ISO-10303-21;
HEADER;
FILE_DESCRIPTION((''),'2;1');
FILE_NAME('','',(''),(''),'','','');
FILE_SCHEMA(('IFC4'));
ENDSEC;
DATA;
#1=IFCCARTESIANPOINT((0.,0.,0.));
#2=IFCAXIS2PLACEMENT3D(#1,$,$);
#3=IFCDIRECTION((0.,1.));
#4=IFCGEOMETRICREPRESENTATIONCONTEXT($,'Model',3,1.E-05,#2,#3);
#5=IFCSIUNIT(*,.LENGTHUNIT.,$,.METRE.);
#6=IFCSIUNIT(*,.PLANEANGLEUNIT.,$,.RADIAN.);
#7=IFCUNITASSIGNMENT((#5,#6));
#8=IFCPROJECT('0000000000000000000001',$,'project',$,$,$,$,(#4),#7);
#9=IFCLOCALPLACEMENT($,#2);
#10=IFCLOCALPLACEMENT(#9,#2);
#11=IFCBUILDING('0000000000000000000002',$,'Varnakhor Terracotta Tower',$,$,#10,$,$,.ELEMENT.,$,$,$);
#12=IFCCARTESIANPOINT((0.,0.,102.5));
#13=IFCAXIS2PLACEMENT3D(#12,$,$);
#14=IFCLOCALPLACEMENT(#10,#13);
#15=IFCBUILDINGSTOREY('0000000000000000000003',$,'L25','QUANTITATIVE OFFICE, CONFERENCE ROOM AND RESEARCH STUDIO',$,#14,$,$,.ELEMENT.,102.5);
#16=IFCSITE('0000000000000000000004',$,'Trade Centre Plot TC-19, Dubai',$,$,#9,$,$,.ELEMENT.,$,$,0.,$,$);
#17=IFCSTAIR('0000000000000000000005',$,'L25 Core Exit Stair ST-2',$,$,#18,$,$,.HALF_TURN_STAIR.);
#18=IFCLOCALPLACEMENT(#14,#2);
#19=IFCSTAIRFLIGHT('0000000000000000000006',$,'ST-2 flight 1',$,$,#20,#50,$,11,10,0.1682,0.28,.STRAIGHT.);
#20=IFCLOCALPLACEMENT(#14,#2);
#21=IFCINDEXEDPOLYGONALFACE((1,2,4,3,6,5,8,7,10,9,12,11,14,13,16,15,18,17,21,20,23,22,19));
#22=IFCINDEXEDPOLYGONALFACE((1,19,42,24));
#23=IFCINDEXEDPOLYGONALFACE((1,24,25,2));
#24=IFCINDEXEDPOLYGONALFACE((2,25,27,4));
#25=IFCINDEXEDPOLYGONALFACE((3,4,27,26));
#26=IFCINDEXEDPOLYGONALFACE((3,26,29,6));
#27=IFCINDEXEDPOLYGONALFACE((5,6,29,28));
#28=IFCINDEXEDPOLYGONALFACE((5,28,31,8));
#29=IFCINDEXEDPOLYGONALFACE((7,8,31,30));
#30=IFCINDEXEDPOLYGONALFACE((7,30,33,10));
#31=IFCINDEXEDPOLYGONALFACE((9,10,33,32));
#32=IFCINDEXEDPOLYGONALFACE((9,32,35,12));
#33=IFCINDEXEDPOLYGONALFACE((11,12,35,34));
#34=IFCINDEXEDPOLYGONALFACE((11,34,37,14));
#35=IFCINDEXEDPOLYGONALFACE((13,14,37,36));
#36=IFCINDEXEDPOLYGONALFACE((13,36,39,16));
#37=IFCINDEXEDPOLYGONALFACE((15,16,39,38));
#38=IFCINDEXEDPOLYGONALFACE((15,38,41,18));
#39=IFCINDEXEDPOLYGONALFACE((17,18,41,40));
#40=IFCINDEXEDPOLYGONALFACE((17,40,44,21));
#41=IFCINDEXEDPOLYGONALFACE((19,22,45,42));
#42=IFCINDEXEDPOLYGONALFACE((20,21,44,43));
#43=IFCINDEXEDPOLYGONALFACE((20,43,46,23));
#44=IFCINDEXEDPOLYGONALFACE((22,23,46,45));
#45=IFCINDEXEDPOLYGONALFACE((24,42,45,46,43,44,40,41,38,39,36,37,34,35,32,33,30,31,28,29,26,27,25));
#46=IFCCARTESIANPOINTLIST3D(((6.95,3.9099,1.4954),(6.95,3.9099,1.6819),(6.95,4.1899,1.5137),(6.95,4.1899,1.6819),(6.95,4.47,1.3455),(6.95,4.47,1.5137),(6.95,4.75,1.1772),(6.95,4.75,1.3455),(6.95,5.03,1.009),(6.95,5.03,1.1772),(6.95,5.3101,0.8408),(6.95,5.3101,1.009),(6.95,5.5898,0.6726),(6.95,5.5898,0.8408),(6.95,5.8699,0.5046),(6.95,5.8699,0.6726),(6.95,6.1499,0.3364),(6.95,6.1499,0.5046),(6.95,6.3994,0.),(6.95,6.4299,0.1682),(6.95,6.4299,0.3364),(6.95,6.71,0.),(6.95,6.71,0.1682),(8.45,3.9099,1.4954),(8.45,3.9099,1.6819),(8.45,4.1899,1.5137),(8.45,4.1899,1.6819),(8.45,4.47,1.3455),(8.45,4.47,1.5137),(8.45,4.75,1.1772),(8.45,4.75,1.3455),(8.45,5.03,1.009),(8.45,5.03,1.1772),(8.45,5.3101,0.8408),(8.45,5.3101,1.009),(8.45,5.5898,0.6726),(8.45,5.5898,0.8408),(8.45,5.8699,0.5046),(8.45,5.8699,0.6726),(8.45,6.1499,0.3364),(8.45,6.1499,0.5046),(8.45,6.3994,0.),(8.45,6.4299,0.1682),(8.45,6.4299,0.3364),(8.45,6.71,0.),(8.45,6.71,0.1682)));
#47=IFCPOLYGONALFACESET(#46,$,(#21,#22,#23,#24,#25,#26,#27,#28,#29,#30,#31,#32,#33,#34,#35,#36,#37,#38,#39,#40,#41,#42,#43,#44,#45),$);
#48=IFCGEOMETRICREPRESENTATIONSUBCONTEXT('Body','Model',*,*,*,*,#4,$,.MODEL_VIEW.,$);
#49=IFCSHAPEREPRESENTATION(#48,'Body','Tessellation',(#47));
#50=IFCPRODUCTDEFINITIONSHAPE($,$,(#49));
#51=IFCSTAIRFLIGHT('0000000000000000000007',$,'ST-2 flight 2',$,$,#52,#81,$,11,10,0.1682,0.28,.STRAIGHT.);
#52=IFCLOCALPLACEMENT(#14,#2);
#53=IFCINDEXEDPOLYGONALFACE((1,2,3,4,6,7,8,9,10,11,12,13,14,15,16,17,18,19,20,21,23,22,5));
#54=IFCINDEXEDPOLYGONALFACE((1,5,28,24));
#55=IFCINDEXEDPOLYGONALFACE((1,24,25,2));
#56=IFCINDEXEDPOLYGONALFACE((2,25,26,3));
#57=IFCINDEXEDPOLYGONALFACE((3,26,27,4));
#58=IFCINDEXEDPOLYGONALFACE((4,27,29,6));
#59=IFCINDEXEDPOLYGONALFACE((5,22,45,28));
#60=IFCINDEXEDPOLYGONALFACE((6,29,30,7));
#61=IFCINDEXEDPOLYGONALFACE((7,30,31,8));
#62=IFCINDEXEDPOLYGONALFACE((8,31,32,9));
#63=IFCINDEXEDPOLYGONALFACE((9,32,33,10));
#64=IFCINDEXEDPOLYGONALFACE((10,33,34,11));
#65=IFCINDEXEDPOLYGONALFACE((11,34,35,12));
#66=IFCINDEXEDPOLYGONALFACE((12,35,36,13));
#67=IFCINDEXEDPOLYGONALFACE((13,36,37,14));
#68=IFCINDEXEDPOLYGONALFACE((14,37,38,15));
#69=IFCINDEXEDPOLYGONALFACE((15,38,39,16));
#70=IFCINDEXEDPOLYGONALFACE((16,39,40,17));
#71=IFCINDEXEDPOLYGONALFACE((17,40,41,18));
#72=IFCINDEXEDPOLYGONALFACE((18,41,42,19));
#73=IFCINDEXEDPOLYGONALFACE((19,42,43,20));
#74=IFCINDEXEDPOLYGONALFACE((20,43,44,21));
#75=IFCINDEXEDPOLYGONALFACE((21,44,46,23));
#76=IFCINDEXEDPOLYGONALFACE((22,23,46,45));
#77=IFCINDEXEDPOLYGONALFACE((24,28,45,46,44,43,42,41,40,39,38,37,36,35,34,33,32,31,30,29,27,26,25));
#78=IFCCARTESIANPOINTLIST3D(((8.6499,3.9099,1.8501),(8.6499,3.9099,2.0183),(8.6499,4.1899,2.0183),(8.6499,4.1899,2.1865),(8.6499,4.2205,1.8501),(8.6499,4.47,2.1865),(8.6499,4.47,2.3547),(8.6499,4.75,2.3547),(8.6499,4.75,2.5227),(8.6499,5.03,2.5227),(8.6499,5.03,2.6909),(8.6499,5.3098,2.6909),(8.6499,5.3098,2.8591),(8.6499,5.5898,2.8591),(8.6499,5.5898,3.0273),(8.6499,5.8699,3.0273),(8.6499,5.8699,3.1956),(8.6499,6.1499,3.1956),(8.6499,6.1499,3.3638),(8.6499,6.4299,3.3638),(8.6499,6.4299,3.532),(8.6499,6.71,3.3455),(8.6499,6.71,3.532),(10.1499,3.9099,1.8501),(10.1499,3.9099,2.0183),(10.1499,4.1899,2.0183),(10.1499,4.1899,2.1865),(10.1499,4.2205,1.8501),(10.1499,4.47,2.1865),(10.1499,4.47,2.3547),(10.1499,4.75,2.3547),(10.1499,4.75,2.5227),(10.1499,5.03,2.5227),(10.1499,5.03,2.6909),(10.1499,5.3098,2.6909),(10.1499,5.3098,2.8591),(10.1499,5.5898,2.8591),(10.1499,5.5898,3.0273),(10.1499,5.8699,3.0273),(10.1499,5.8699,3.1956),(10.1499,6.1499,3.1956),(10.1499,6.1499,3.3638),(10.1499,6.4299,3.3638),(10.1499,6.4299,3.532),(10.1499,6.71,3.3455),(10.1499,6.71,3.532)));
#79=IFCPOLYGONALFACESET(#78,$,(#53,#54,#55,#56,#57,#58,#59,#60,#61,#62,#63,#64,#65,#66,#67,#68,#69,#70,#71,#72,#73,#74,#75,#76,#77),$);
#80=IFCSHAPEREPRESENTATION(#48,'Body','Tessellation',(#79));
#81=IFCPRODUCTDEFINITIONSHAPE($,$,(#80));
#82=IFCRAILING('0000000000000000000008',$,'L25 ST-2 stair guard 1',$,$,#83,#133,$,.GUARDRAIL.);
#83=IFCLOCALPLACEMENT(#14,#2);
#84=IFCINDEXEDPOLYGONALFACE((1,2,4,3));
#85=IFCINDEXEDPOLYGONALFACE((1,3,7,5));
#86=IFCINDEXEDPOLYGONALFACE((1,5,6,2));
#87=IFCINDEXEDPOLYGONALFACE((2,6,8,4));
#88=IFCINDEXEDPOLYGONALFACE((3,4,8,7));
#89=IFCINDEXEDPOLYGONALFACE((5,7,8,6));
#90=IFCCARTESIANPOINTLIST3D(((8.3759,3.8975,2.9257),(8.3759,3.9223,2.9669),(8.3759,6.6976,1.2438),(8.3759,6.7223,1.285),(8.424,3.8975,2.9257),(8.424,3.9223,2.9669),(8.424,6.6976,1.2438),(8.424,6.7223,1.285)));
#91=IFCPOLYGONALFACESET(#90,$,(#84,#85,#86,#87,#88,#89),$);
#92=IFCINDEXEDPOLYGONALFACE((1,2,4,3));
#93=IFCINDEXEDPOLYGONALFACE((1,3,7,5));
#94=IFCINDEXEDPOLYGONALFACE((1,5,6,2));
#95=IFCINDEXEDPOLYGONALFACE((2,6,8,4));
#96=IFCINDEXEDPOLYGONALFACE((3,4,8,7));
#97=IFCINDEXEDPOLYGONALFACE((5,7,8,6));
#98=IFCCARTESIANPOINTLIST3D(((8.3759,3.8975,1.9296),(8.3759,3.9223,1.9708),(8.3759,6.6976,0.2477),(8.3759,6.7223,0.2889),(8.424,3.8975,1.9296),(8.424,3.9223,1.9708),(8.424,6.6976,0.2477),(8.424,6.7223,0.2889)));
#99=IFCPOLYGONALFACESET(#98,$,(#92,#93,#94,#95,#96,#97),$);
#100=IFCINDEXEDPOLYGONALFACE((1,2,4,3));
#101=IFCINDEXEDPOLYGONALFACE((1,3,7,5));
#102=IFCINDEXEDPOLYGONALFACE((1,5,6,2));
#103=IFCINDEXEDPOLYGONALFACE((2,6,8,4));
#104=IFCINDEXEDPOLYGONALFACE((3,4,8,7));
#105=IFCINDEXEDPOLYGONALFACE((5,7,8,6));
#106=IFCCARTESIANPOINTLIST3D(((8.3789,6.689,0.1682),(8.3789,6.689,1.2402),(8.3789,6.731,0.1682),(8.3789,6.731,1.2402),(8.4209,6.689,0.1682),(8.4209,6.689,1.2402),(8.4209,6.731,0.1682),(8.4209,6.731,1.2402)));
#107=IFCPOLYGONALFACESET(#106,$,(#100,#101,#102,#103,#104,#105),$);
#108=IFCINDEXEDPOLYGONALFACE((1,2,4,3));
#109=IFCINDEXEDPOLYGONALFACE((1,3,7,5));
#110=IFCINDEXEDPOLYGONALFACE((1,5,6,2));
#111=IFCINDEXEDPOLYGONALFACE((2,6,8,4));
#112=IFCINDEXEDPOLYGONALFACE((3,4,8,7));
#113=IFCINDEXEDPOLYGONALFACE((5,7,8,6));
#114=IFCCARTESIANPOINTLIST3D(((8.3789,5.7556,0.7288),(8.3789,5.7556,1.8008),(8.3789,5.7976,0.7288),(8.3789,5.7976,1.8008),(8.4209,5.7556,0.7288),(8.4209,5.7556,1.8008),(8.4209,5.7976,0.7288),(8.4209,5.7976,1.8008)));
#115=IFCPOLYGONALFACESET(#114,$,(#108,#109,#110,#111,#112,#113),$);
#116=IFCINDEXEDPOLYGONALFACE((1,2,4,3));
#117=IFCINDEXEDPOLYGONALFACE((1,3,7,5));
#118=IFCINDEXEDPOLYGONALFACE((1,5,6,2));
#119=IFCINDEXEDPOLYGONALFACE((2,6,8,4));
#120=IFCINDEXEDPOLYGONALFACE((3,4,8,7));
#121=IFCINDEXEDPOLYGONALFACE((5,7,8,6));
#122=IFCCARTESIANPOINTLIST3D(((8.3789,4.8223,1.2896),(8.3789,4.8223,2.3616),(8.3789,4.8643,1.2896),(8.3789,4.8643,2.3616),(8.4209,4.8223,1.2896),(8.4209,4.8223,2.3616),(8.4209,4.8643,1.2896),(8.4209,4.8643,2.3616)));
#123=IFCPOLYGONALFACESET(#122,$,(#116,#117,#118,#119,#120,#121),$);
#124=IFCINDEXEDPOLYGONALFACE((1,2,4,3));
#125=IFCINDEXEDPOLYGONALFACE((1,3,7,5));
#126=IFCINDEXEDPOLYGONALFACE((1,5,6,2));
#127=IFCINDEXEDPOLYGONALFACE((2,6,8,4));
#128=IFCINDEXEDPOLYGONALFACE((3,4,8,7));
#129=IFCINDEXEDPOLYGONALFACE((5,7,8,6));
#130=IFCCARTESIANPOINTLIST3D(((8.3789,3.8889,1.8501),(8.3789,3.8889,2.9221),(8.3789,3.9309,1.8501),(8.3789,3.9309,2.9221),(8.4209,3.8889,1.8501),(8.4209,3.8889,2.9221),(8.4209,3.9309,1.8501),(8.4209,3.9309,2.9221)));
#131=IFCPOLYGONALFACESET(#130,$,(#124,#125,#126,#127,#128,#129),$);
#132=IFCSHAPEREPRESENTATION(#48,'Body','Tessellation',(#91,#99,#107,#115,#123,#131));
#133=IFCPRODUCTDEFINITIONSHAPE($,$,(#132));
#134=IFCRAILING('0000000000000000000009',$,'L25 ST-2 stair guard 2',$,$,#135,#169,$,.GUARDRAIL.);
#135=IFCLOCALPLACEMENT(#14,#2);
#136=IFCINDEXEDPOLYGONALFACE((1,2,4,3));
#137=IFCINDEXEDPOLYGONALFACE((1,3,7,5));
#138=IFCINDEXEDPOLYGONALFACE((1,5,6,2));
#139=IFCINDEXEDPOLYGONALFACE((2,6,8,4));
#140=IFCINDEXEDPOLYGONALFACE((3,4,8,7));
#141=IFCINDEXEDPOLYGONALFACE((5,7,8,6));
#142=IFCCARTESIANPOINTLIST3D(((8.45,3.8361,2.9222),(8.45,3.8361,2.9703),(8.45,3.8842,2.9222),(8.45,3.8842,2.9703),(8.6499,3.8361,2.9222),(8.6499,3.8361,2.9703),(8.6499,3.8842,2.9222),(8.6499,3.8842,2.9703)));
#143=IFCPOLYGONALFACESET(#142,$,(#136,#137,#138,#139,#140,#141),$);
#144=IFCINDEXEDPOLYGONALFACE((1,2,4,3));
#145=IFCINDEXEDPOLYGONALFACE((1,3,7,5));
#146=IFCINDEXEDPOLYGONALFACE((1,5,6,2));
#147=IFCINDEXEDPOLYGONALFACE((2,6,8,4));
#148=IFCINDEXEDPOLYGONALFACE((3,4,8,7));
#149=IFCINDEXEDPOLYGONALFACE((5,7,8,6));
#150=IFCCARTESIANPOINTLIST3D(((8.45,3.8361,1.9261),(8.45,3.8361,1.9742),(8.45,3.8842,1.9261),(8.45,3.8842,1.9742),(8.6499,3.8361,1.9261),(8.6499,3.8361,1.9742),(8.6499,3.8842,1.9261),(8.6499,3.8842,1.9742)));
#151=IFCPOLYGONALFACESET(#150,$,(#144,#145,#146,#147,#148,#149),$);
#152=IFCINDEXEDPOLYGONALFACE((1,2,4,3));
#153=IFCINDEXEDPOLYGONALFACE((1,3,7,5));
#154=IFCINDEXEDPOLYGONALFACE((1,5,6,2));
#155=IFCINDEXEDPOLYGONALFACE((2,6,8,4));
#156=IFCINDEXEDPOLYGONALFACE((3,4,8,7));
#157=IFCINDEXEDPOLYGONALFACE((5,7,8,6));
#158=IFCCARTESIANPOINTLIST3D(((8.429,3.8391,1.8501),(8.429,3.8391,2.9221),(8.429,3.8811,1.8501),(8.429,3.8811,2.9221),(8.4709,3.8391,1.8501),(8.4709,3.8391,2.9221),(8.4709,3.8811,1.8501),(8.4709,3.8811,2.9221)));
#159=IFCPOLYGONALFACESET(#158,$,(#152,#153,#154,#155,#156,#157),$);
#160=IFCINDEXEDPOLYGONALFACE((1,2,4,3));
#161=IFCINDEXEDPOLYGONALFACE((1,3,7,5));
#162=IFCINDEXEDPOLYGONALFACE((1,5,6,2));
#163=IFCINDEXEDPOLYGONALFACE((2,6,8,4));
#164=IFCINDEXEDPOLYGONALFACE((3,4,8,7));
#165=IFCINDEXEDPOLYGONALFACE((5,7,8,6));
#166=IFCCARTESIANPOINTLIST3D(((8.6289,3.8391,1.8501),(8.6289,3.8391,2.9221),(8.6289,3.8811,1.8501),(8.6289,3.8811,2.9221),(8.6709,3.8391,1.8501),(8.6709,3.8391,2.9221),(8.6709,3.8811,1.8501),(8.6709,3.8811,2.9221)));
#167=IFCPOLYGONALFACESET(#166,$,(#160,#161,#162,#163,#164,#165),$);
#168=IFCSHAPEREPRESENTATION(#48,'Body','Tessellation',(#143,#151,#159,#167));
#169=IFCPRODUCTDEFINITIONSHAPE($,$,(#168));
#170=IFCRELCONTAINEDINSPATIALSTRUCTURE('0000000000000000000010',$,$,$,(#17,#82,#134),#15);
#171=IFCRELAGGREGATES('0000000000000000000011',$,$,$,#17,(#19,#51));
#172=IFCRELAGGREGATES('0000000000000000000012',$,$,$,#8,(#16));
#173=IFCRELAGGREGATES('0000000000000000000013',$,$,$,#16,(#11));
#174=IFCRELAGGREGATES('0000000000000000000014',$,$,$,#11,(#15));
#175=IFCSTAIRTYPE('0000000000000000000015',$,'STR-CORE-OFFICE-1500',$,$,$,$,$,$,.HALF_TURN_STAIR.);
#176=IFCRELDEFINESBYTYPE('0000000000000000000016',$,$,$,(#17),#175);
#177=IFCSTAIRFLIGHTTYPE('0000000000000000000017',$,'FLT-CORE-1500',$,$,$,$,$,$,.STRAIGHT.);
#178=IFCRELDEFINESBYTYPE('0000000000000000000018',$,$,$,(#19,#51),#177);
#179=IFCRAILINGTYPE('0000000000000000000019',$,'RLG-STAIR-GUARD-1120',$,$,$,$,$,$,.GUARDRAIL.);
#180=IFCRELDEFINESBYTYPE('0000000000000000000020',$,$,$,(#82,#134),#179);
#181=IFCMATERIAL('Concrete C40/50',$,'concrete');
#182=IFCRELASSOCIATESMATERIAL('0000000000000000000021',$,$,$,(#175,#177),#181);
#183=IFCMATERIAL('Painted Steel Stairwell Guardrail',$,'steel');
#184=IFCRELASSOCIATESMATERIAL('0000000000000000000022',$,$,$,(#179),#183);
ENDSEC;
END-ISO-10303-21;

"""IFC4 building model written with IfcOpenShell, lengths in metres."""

from ifc_helpers import new_model, si_unit, direction, frame, origin, origin_2d, place, context, subcontext, project, spatial, polyline, rectangle, outline, extrude, material, type_object, element, aggregate, save


model = new_model("IFC4")

# Units and contexts
model_context = context("Model", 3, precision=1e-05, world=origin(), true_north=direction((0.0, 1.0)))
body_context = subcontext(model_context, "Body", "Model", "MODEL_VIEW")
ifc_project = project(units=[si_unit("LENGTHUNIT", "METRE"), si_unit("PLANEANGLEUNIT", "RADIAN")], contexts=[model_context])

# Site, building, storey
site_placement = place(None, origin())
site = spatial("IfcSite", under=ifc_project, at=site_placement, Name="Trade Centre Plot TC-19, Dubai", CompositionType="ELEMENT", RefElevation=0.0)
building_placement = place(site_placement, origin())
building = spatial("IfcBuilding", under=site, at=building_placement, Name="Varnakhor Terracotta Tower", CompositionType="ELEMENT")
storey_placement = place(building_placement, frame((0.0, 0.0, 102.5)))
storey = spatial("IfcBuildingStorey", under=building, at=storey_placement, Name="L25", Description="QUANTITATIVE OFFICE, CONFERENCE ROOM AND RESEARCH STUDIO", CompositionType="ELEMENT", Elevation=102.5)

# Shared definitions
ifc_material_1 = material(Name="Concrete C40/50", Category="concrete")

# Stair, stair flights
stair_type = type_object("IfcStairType", Name="STR-CORE-OFFICE-1500", PredefinedType="HALF_TURN_STAIR", material=ifc_material_1)
stair_placement = place(storey_placement, origin())
stair = element("IfcStair", 1, at=stair_placement, inside=storey, type_object=stair_type, Name="L25 Core Exit Stair ST-2", PredefinedType="HALF_TURN_STAIR")
stair_flight_type = type_object("IfcStairFlightType", Name="FLT-CORE-1500", PredefinedType="STRAIGHT", material=ifc_material_1)
stair_flight_1_placement = place(storey_placement, frame((7.7, 6.71, 0.0), z_axis=(0.0, 0.0, 1.0), x_axis=(0.0, -1.0, 0.0)))
stair_flight_1 = element("IfcStairFlight", 2, at=stair_flight_1_placement, type_object=stair_flight_type, Name="ST-2 flight 1", NumberOfRisers=11, NumberOfTreads=10, PredefinedType="STRAIGHT", RiserHeight=0.1682, TreadLength=0.28, context=body_context, shape_type="SweptSolid", body=[
    extrude(outline(polyline([(0.0, 0.0), (0.0, 0.1682), (0.28, 0.1682), (0.28, 0.3364), (0.5601, 0.3364), (0.5601, 0.5046), (0.8401, 0.5046), (0.8401, 0.6726), (1.1201, 0.6726), (1.1201, 0.8408), (1.3999, 0.8408), (1.3999, 1.009), (1.6799, 1.009), (1.6799, 1.1772), (1.96, 1.1772), (1.96, 1.3455), (2.24, 1.3455), (2.24, 1.5137), (2.52, 1.5137), (2.52, 1.6819), (2.8, 1.6819), (2.8, 1.8501), (2.8, 1.4954), (0.3105, 0.0), (0.0, 0.0)])), frame((0.0, 0.75, 0.0), z_axis=(0.0, -1.0, 0.0), x_axis=(1.0, 0.0, 0.0)), (0.0, 0.0, 1.0), 1.5),
])
stair_flight_2_placement = place(storey_placement, frame((9.3999, 3.9099, 1.8501), z_axis=(0.0, 0.0, 1.0), x_axis=(0.0, 1.0, 0.0)))
stair_flight_2 = element("IfcStairFlight", 3, at=stair_flight_2_placement, type_object=stair_flight_type, Name="ST-2 flight 2", NumberOfRisers=11, NumberOfTreads=10, PredefinedType="STRAIGHT", RiserHeight=0.1682, TreadLength=0.28, context=body_context, shape_type="SweptSolid", body=[
    extrude(outline(polyline([(0.0, 0.0), (0.0, 0.1682), (0.28, 0.1682), (0.28, 0.3364), (0.5601, 0.3364), (0.5601, 0.5046), (0.8401, 0.5046), (0.8401, 0.6726), (1.1201, 0.6726), (1.1201, 0.8408), (1.3999, 0.8408), (1.3999, 1.009), (1.6799, 1.009), (1.6799, 1.1772), (1.96, 1.1772), (1.96, 1.3455), (2.24, 1.3455), (2.24, 1.5137), (2.52, 1.5137), (2.52, 1.6819), (2.8, 1.6819), (2.8, 1.8501), (2.8, 1.4954), (0.3105, 0.0), (0.0, 0.0)])), frame((0.0, 0.75, 0.0), z_axis=(0.0, -1.0, 0.0), x_axis=(1.0, 0.0, 0.0)), (0.0, 0.0, 1.0), 1.5),
])
aggregate(stair, [stair_flight_1, stair_flight_2])

# Railings
ifc_material_2 = material(Name="Painted Steel Stairwell Guardrail", Category="steel")
railing_type_1 = type_object("IfcRailingType", Name="RLG-STAIR-GUARD-1120", PredefinedType="GUARDRAIL", material=ifc_material_2)
railing_1_placement = place(storey_placement, frame((8.3999, 6.71, 0.1682)))
element("IfcRailing", 4, at=railing_1_placement, inside=storey, type_object=railing_type_1, Name="L25 ST-2 stair guard 1", PredefinedType="GUARDRAIL", context=body_context, shape_type="SweptSolid", body=[
    extrude(rectangle(XDim=0.0481, YDim=0.0481, at=origin_2d()), frame((0.0, 0.0, 1.0962), z_axis=(0.0, -0.857242, 0.514913), x_axis=(1.0, 0.0, 0.0)), (0.0, 0.0, 1.0), 3.2664),
    extrude(rectangle(XDim=0.0481, YDim=0.0481, at=origin_2d()), frame((0.0, 0.0, 0.1001), z_axis=(0.0, -0.857242, 0.514913), x_axis=(1.0, 0.0, 0.0)), (0.0, 0.0, 1.0), 3.2664),
    extrude(rectangle(XDim=0.042, YDim=0.042, at=origin_2d()), origin(), (0.0, 0.0, 1.0), 1.072),
    extrude(rectangle(XDim=0.042, YDim=0.042, at=origin_2d()), frame((0.0, -0.9333, 0.5605)), (0.0, 0.0, 1.0), 1.072),
    extrude(rectangle(XDim=0.042, YDim=0.042, at=origin_2d()), frame((0.0, -1.8667, 1.1213)), (0.0, 0.0, 1.0), 1.072),
    extrude(rectangle(XDim=0.042, YDim=0.042, at=origin_2d()), frame((0.0, -2.8, 1.6819)), (0.0, 0.0, 1.0), 1.072),
])
railing_2_placement = place(storey_placement, frame((8.45, 3.8601, 1.8501)))
element("IfcRailing", 5, at=railing_2_placement, inside=storey, type_object=railing_type_1, Name="L25 ST-2 stair guard 2", PredefinedType="GUARDRAIL", context=body_context, shape_type="SweptSolid", body=[
    extrude(rectangle(XDim=0.0481, YDim=0.0481, at=origin_2d()), frame((0.0, 0.0, 1.0962), z_axis=(1.0, 0.0, 0.0), x_axis=(0.0, 1.0, 0.0)), (0.0, 0.0, 1.0), 0.2),
    extrude(rectangle(XDim=0.0481, YDim=0.0481, at=origin_2d()), frame((0.0, 0.0, 0.1001), z_axis=(1.0, 0.0, 0.0), x_axis=(0.0, 1.0, 0.0)), (0.0, 0.0, 1.0), 0.2),
    extrude(rectangle(XDim=0.042, YDim=0.042, at=origin_2d()), origin(), (0.0, 0.0, 1.0), 1.072),
    extrude(rectangle(XDim=0.042, YDim=0.042, at=origin_2d()), frame((0.2, 0.0, 0.0)), (0.0, 0.0, 1.0), 1.072),
])

save(model, "model.ifc")
